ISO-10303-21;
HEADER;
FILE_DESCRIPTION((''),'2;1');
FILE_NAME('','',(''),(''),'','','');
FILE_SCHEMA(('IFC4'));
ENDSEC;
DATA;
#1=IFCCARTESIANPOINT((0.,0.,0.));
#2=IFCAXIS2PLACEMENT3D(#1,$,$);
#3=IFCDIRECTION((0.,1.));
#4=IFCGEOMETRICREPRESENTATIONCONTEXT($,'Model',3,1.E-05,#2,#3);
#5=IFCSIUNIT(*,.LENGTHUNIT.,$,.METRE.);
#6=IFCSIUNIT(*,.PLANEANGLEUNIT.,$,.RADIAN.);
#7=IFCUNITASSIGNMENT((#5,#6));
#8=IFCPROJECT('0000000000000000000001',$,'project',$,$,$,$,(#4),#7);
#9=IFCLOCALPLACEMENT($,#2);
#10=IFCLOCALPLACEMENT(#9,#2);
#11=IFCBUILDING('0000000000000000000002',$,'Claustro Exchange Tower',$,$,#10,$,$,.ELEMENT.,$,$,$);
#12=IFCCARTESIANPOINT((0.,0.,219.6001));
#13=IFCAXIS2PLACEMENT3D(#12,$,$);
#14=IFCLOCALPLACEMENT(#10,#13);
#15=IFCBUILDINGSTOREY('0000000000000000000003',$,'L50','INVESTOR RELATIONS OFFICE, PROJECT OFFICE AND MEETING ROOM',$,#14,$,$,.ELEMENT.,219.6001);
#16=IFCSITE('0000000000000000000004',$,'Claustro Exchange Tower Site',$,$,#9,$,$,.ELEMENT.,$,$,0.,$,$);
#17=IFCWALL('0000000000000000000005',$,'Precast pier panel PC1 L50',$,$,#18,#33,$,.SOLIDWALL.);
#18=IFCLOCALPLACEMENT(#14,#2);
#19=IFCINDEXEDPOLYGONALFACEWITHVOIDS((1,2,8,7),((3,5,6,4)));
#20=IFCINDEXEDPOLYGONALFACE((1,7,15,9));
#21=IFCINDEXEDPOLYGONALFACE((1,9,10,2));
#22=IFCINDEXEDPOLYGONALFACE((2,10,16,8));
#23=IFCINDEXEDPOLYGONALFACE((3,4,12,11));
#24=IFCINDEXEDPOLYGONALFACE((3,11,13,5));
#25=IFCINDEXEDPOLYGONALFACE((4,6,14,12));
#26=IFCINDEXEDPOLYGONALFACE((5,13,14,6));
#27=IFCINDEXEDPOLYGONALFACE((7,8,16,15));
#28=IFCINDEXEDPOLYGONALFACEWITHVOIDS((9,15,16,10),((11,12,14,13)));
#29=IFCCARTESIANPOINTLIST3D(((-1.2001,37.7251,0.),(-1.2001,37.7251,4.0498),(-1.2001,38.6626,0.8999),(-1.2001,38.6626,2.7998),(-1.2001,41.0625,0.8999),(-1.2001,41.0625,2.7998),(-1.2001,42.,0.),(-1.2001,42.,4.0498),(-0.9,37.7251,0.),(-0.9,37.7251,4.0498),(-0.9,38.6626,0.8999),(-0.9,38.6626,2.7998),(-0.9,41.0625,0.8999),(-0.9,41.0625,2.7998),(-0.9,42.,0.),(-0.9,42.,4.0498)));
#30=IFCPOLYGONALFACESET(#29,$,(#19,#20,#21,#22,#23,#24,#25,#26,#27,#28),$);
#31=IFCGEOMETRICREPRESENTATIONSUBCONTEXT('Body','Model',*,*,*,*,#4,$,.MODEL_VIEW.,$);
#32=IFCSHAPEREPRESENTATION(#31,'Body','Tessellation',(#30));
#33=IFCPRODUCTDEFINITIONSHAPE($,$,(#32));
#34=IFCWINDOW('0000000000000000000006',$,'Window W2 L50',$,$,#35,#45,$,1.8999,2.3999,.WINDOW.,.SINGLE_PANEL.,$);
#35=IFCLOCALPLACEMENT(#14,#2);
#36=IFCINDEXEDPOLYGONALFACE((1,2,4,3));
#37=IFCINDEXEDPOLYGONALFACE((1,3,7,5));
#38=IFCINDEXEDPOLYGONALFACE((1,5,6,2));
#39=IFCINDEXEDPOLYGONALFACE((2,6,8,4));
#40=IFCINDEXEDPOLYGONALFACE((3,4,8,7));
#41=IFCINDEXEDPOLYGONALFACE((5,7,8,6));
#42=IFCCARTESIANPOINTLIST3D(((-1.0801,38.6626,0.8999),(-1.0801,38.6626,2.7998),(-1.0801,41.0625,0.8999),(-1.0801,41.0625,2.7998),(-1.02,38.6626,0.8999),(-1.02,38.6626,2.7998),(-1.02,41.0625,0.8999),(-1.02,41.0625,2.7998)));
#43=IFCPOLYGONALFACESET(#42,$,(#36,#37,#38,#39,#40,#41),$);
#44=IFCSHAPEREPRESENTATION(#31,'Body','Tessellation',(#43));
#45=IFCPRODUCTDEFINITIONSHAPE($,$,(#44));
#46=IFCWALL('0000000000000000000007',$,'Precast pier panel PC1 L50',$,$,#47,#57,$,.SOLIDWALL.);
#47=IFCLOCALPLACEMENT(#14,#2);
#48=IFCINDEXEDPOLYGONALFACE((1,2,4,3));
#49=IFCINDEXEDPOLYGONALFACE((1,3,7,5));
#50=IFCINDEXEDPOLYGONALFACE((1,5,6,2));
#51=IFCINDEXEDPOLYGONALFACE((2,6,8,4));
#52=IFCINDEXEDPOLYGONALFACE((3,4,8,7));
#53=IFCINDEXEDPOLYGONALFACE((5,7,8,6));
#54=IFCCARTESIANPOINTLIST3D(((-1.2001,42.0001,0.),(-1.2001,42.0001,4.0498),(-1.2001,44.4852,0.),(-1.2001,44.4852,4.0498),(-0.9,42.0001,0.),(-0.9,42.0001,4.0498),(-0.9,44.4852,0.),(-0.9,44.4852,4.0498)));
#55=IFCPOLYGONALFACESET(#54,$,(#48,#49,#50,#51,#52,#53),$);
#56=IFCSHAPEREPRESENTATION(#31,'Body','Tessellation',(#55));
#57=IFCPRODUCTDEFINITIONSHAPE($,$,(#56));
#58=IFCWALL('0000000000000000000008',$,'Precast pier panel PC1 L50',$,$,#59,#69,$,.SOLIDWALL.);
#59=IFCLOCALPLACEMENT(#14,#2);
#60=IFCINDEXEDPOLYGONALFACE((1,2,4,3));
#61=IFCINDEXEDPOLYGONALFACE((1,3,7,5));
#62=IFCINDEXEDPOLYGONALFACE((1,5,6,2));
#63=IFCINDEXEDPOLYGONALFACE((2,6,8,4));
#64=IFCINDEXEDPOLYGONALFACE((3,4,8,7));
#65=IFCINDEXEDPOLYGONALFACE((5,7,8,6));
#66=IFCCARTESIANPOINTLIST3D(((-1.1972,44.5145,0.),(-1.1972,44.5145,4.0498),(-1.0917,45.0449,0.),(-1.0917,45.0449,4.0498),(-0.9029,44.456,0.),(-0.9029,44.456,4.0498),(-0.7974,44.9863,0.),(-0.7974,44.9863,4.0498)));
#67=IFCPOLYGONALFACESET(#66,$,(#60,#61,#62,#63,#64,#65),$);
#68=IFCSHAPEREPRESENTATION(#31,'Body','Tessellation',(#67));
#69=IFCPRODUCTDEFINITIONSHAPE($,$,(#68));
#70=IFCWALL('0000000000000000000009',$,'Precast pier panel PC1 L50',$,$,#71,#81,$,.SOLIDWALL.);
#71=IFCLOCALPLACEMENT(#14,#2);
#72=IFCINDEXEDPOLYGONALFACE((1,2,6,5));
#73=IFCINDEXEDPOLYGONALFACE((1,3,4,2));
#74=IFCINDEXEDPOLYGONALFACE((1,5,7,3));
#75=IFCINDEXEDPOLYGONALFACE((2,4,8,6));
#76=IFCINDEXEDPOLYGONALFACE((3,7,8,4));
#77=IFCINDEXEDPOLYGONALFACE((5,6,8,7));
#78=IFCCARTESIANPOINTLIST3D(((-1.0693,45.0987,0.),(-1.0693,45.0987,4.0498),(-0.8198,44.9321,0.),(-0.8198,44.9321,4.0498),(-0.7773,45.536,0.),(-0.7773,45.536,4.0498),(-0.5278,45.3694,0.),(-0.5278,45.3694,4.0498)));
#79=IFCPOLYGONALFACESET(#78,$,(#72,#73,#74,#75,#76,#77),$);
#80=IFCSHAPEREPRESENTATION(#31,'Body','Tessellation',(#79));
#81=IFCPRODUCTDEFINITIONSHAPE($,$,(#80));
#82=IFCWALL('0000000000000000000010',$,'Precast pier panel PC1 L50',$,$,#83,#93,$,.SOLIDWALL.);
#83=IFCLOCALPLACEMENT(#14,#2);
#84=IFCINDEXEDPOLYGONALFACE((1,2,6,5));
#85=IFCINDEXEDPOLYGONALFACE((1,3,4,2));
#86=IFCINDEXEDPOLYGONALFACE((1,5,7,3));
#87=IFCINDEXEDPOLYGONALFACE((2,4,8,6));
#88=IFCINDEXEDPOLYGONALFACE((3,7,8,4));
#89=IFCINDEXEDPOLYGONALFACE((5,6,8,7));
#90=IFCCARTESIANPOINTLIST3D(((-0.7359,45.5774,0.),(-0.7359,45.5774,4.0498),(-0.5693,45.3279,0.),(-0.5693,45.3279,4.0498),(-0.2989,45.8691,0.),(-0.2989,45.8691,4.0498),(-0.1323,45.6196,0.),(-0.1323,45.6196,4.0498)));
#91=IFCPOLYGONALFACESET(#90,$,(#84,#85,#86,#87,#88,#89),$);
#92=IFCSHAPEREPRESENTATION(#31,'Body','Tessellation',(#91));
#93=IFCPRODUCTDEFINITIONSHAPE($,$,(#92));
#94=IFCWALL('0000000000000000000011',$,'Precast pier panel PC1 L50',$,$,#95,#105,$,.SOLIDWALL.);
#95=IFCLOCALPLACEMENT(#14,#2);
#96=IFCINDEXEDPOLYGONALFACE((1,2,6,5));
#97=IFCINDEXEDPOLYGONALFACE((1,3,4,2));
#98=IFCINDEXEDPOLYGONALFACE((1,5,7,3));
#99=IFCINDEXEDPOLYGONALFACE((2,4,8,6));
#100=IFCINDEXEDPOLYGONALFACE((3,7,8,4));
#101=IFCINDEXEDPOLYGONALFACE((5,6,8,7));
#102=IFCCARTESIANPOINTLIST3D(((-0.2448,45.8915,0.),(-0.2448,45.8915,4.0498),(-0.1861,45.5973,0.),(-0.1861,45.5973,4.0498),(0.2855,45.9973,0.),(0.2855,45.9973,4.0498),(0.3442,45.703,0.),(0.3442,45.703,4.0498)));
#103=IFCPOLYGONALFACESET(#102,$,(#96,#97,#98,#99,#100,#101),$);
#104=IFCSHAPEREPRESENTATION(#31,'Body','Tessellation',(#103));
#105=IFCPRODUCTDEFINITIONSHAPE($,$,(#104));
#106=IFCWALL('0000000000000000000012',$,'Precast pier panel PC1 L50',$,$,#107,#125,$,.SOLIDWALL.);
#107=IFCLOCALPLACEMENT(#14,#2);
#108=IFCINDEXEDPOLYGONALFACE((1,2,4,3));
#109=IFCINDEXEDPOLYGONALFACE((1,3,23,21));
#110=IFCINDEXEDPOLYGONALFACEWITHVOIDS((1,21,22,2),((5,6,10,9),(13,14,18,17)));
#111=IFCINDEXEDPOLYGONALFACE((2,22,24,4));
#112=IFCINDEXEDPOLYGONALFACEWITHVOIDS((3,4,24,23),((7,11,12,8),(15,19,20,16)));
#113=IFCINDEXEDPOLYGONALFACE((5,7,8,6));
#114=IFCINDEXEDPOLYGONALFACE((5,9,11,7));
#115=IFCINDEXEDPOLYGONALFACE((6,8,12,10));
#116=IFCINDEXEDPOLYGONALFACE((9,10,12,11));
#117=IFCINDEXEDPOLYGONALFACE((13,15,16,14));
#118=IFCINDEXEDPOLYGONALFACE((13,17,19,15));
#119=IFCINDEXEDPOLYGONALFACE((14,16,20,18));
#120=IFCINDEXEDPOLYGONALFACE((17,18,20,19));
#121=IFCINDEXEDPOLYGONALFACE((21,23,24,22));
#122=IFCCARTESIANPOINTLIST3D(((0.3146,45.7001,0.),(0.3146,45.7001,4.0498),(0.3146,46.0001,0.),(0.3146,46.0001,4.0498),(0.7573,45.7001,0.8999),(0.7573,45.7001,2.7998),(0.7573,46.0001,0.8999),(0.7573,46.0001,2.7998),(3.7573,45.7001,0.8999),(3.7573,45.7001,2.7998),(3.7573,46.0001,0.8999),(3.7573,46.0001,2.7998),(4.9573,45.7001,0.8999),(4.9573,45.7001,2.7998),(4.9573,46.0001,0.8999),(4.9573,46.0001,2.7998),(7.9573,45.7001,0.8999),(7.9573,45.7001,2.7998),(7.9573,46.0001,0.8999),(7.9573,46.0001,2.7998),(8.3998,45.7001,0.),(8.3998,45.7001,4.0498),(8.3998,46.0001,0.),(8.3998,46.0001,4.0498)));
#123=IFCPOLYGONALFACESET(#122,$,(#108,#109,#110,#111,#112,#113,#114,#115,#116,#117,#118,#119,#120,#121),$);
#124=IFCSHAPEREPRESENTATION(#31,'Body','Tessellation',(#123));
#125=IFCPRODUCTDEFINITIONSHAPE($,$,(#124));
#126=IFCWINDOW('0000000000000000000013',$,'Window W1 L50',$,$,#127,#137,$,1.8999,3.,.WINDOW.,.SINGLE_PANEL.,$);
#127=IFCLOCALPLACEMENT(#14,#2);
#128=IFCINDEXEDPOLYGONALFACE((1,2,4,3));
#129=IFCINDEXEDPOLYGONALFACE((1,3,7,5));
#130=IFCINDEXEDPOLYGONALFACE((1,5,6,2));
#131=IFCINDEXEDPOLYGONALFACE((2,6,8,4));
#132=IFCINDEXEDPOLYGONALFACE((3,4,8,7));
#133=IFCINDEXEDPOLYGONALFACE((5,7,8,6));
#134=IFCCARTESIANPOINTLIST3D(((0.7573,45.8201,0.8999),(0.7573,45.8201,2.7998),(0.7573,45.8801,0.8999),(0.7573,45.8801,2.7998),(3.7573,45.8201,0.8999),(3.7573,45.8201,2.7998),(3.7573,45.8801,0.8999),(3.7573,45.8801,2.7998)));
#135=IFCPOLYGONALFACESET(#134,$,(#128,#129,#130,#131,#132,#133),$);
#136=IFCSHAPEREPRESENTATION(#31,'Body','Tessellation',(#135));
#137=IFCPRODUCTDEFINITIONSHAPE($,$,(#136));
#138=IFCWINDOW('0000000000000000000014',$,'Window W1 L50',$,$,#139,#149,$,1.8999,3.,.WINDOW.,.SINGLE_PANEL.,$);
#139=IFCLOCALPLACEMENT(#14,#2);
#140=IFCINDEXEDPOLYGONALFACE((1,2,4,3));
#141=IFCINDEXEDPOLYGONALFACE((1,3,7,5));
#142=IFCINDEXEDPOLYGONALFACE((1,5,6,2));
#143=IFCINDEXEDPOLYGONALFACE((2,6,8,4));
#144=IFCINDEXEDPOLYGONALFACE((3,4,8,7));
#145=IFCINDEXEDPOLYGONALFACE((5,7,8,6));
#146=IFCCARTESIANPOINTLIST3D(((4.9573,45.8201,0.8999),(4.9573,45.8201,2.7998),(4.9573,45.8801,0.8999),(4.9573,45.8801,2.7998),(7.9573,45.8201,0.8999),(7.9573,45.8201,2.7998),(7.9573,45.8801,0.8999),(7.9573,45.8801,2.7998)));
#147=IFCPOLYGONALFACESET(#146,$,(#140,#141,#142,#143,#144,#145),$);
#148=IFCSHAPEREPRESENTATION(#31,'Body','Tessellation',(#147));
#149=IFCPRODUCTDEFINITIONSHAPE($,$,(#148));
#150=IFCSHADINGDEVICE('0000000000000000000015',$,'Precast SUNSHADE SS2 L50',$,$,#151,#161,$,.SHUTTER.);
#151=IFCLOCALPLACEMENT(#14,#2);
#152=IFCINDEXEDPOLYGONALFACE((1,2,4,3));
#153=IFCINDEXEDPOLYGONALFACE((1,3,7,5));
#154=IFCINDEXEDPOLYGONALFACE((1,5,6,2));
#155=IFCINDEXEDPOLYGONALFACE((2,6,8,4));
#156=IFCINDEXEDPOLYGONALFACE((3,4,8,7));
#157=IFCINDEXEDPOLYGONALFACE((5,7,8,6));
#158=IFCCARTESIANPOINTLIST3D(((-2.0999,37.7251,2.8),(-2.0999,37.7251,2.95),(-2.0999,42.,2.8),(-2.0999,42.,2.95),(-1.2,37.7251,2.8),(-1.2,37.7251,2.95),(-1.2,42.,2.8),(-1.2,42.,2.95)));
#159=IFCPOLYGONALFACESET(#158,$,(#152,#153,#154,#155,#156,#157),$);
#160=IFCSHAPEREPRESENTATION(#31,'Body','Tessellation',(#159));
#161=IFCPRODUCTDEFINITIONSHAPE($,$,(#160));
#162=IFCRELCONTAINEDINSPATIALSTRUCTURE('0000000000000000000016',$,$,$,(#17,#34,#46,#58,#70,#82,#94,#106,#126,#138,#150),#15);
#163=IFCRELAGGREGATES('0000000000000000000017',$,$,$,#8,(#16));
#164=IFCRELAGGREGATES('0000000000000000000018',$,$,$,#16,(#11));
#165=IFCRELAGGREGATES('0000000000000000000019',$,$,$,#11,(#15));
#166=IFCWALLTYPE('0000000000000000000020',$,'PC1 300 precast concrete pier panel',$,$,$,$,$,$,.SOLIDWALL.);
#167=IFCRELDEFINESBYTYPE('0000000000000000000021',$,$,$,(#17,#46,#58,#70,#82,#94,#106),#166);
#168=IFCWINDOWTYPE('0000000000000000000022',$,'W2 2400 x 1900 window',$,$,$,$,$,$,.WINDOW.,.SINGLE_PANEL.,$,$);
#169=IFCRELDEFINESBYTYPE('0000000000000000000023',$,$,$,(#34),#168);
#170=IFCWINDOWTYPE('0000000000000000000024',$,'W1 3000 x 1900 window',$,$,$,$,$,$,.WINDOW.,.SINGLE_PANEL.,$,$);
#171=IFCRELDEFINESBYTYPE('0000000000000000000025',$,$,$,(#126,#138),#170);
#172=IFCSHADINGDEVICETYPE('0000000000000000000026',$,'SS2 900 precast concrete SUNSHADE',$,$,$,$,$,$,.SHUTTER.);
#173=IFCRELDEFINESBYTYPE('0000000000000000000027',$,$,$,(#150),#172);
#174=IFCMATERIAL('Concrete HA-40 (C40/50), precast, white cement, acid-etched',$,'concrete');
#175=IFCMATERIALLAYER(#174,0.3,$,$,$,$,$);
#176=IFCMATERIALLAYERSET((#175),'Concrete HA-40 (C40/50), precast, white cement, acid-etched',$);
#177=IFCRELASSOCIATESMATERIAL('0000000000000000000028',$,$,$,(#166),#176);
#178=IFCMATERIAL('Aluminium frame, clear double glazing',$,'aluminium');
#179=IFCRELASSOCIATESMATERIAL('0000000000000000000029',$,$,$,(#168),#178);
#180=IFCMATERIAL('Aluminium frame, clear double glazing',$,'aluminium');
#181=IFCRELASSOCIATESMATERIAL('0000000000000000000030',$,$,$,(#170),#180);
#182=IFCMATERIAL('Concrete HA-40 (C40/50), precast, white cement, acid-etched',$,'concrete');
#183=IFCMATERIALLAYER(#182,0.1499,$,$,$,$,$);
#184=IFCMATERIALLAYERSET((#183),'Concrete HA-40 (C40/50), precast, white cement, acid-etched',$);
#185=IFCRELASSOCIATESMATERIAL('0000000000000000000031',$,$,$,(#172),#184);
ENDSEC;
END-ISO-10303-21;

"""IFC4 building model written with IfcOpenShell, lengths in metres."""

from ifc_helpers import new_model, si_unit, direction, frame, frame_2d, origin, origin_2d, place, context, subcontext, project, spatial, rectangle, extrude, material, layer, layer_set, type_object, element, fill, save


model = new_model("IFC4")

# Units and contexts
model_context = context("Model", 3, precision=1e-05, world=origin(), true_north=direction((0.0, 1.0)))
body_context = subcontext(model_context, "Body", "Model", "MODEL_VIEW")
ifc_project = project(units=[si_unit("LENGTHUNIT", "METRE"), si_unit("PLANEANGLEUNIT", "RADIAN")], contexts=[model_context])

# Site, building, storey
site_placement = place(None, origin())
site = spatial("IfcSite", under=ifc_project, at=site_placement, Name="Claustro Exchange Tower Site", CompositionType="ELEMENT", RefElevation=0.0)
building_placement = place(site_placement, origin())
building = spatial("IfcBuilding", under=site, at=building_placement, Name="Claustro Exchange Tower", CompositionType="ELEMENT")
storey_placement = place(building_placement, frame((0.0, 0.0, 219.6001)))
storey = spatial("IfcBuildingStorey", under=building, at=storey_placement, Name="L50", Description="INVESTOR RELATIONS OFFICE, PROJECT OFFICE AND MEETING ROOM", CompositionType="ELEMENT", Elevation=219.6001)

# Wall, opening, window
ifc_material_1 = material(Name="Concrete HA-40 (C40/50), precast, white cement, acid-etched", Category="concrete")
ifc_layer_1 = layer(ifc_material_1, 0.3)
ifc_layer_set_1 = layer_set([ifc_layer_1], Name="Concrete HA-40 (C40/50), precast, white cement, acid-etched")
wall_type_1 = type_object("IfcWallType", Name="PC1 300 precast concrete pier panel", PredefinedType="SOLIDWALL", material=ifc_layer_set_1)
wall_1_placement = place(storey_placement, frame((-1.05, 37.7251, 0.0), z_axis=(0.0, 0.0, 1.0), x_axis=(0.0, 1.0, 0.0)))
wall_1 = element("IfcWall", 1, at=wall_1_placement, inside=storey, type_object=wall_type_1, Name="Precast pier panel PC1 L50", PredefinedType="SOLIDWALL", context=body_context, shape_type="SweptSolid", body=[
    extrude(rectangle(XDim=4.2749, YDim=0.3, at=frame_2d((2.1375, 0.0))), origin(), (0.0, 0.0, 1.0), 4.0498),
])
opening_1_placement = place(wall_1_placement, frame((0.9375, 0.0, 0.8999)))
opening_1 = element("IfcOpeningElement", 2, at=opening_1_placement, cuts=wall_1, PredefinedType="OPENING", context=body_context, shape_type="SweptSolid", body=[
    extrude(rectangle(XDim=2.3999, YDim=1.8999, at=frame_2d((1.2, 0.95))), frame((0.0, 0.1599, 0.0), z_axis=(0.0, -1.0, 0.0), x_axis=(1.0, 0.0, 0.0)), (0.0, 0.0, 1.0), 0.3201),
])
ifc_material_2 = material(Name="Aluminium frame, clear double glazing", Category="aluminium")
window_type_1 = type_object("IfcWindowType", Name="W2 2400 x 1900 window", PartitioningType="SINGLE_PANEL", PredefinedType="WINDOW", material=ifc_material_2)
window_1_placement = place(opening_1_placement, origin())
window_1 = element("IfcWindow", 3, at=window_1_placement, inside=storey, type_object=window_type_1, Name="Window W2 L50", OverallHeight=1.8999, OverallWidth=2.3999, PartitioningType="SINGLE_PANEL", PredefinedType="WINDOW", context=body_context, shape_type="SweptSolid", body=[
    extrude(rectangle(XDim=2.3999, YDim=1.8999, at=frame_2d((1.2, 0.95))), frame((0.0, 0.03, 0.0), z_axis=(0.0, -1.0, 0.0), x_axis=(1.0, 0.0, 0.0)), (0.0, 0.0, 1.0), 0.0601),
])
fill(opening_1, window_1)

# Walls
wall_2_placement = place(storey_placement, frame((-1.05, 42.0, 0.0), z_axis=(0.0, 0.0, 1.0), x_axis=(0.0, 1.0, 0.0)))
element("IfcWall", 4, at=wall_2_placement, inside=storey, type_object=wall_type_1, Name="Precast pier panel PC1 L50", PredefinedType="SOLIDWALL", context=body_context, shape_type="SweptSolid", body=[
    extrude(rectangle(XDim=2.4851, YDim=0.3, at=frame_2d((1.2427, 0.0))), origin(), (0.0, 0.0, 1.0), 4.0498),
])
wall_3_placement = place(storey_placement, frame((-1.05, 44.4851, 0.0), z_axis=(0.0, 0.0, 1.0), x_axis=(0.195074, 0.980789, 0.0)))
element("IfcWall", 5, at=wall_3_placement, inside=storey, type_object=wall_type_1, Name="Precast pier panel PC1 L50", PredefinedType="SOLIDWALL", context=body_context, shape_type="SweptSolid", body=[
    extrude(rectangle(XDim=0.5408, YDim=0.3, at=frame_2d((0.2705, 0.0))), origin(), (0.0, 0.0, 1.0), 4.0498),
])
wall_4_placement = place(storey_placement, frame((-0.9446, 45.0154, 0.0), z_axis=(0.0, 0.0, 1.0), x_axis=(0.555343, 0.831621, 0.0)))
element("IfcWall", 6, at=wall_4_placement, inside=storey, type_object=wall_type_1, Name="Precast pier panel PC1 L50", PredefinedType="SOLIDWALL", context=body_context, shape_type="SweptSolid", body=[
    extrude(rectangle(XDim=0.5259, YDim=0.3, at=frame_2d((0.2629, 0.0))), origin(), (0.0, 0.0, 1.0), 4.0498),
])
wall_5_placement = place(storey_placement, frame((-0.6526, 45.4526, 0.0), z_axis=(0.0, 0.0, 1.0), x_axis=(0.831693, 0.555236, 0.0)))
element("IfcWall", 7, at=wall_5_placement, inside=storey, type_object=wall_type_1, Name="Precast pier panel PC1 L50", PredefinedType="SOLIDWALL", context=body_context, shape_type="SweptSolid", body=[
    extrude(rectangle(XDim=0.5254, YDim=0.3, at=frame_2d((0.2627, 0.0))), origin(), (0.0, 0.0, 1.0), 4.0498),
])
wall_6_placement = place(storey_placement, frame((-0.2156, 45.7444, 0.0), z_axis=(0.0, 0.0, 1.0), x_axis=(0.980702, 0.195508, 0.0)))
element("IfcWall", 8, at=wall_6_placement, inside=storey, type_object=wall_type_1, Name="Precast pier panel PC1 L50", PredefinedType="SOLIDWALL", context=body_context, shape_type="SweptSolid", body=[
    extrude(rectangle(XDim=0.5408, YDim=0.3, at=frame_2d((0.2705, 0.0))), origin(), (0.0, 0.0, 1.0), 4.0498),
])

# Wall, openings, windows
wall_7_placement = place(storey_placement, frame((0.3147, 45.8501, 0.0), z_axis=(0.0, 0.0, 1.0), x_axis=(1.0, 0.0, 0.0)))
wall_7 = element("IfcWall", 9, at=wall_7_placement, inside=storey, type_object=wall_type_1, Name="Precast pier panel PC1 L50", PredefinedType="SOLIDWALL", context=body_context, shape_type="SweptSolid", body=[
    extrude(rectangle(XDim=8.0852, YDim=0.3, at=frame_2d((4.0425, 0.0))), origin(), (0.0, 0.0, 1.0), 4.0498),
])
opening_2_placement = place(wall_7_placement, frame((0.4426, 0.0, 0.8999)))
opening_2 = element("IfcOpeningElement", 10, at=opening_2_placement, cuts=wall_7, PredefinedType="OPENING", context=body_context, shape_type="SweptSolid", body=[
    extrude(rectangle(XDim=3.0, YDim=1.8999, at=frame_2d((1.5, 0.95))), frame((0.0, 0.1599, 0.0), z_axis=(0.0, -1.0, 0.0), x_axis=(1.0, 0.0, 0.0)), (0.0, 0.0, 1.0), 0.3201),
])
opening_3_placement = place(wall_7_placement, frame((4.6426, 0.0, 0.8999)))
opening_3 = element("IfcOpeningElement", 11, at=opening_3_placement, cuts=wall_7, PredefinedType="OPENING", context=body_context, shape_type="SweptSolid", body=[
    extrude(rectangle(XDim=3.0, YDim=1.8999, at=frame_2d((1.5, 0.95))), frame((0.0, 0.1599, 0.0), z_axis=(0.0, -1.0, 0.0), x_axis=(1.0, 0.0, 0.0)), (0.0, 0.0, 1.0), 0.3201),
])
ifc_material_3 = material(Name="Aluminium frame, clear double glazing", Category="aluminium")
window_type_2 = type_object("IfcWindowType", Name="W1 3000 x 1900 window", PartitioningType="SINGLE_PANEL", PredefinedType="WINDOW", material=ifc_material_3)
window_2_placement = place(opening_2_placement, origin())
window_2 = element("IfcWindow", 12, at=window_2_placement, inside=storey, type_object=window_type_2, Name="Window W1 L50", OverallHeight=1.8999, OverallWidth=3.0, PartitioningType="SINGLE_PANEL", PredefinedType="WINDOW", context=body_context, shape_type="SweptSolid", body=[
    extrude(rectangle(XDim=3.0, YDim=1.8999, at=frame_2d((1.5, 0.95))), frame((0.0, 0.03, 0.0), z_axis=(0.0, -1.0, 0.0), x_axis=(1.0, 0.0, 0.0)), (0.0, 0.0, 1.0), 0.0601),
])
fill(opening_2, window_2)
window_3_placement = place(opening_3_placement, origin())
window_3 = element("IfcWindow", 13, at=window_3_placement, inside=storey, type_object=window_type_2, Name="Window W1 L50", OverallHeight=1.8999, OverallWidth=3.0, PartitioningType="SINGLE_PANEL", PredefinedType="WINDOW", context=body_context, shape_type="SweptSolid", body=[
    extrude(rectangle(XDim=3.0, YDim=1.8999, at=frame_2d((1.5, 0.95))), frame((0.0, 0.03, 0.0), z_axis=(0.0, -1.0, 0.0), x_axis=(1.0, 0.0, 0.0)), (0.0, 0.0, 1.0), 0.0601),
])
fill(opening_3, window_3)

# Shading device
ifc_material_4 = material(Name="Concrete HA-40 (C40/50), precast, white cement, acid-etched", Category="concrete")
ifc_layer_2 = layer(ifc_material_4, 0.1499)
ifc_layer_set_2 = layer_set([ifc_layer_2], Name="Concrete HA-40 (C40/50), precast, white cement, acid-etched")
shading_device_type = type_object("IfcShadingDeviceType", Name="SS2 900 precast concrete SUNSHADE", PredefinedType="SHUTTER", material=ifc_layer_set_2)
shading_device_placement = place(storey_placement, frame((-1.6499, 39.8625, 2.8), z_axis=(0.0, 0.0, 1.0), x_axis=(0.0, 1.0, 0.0)))
element("IfcShadingDevice", 14, at=shading_device_placement, inside=storey, type_object=shading_device_type, Name="Precast SUNSHADE SS2 L50", PredefinedType="SHUTTER", context=body_context, shape_type="SweptSolid", body=[
    extrude(rectangle(XDim=4.2749, YDim=0.8999, at=origin_2d()), origin(), (0.0, 0.0, 1.0), 0.1499),
])

save(model, "model.ifc")
